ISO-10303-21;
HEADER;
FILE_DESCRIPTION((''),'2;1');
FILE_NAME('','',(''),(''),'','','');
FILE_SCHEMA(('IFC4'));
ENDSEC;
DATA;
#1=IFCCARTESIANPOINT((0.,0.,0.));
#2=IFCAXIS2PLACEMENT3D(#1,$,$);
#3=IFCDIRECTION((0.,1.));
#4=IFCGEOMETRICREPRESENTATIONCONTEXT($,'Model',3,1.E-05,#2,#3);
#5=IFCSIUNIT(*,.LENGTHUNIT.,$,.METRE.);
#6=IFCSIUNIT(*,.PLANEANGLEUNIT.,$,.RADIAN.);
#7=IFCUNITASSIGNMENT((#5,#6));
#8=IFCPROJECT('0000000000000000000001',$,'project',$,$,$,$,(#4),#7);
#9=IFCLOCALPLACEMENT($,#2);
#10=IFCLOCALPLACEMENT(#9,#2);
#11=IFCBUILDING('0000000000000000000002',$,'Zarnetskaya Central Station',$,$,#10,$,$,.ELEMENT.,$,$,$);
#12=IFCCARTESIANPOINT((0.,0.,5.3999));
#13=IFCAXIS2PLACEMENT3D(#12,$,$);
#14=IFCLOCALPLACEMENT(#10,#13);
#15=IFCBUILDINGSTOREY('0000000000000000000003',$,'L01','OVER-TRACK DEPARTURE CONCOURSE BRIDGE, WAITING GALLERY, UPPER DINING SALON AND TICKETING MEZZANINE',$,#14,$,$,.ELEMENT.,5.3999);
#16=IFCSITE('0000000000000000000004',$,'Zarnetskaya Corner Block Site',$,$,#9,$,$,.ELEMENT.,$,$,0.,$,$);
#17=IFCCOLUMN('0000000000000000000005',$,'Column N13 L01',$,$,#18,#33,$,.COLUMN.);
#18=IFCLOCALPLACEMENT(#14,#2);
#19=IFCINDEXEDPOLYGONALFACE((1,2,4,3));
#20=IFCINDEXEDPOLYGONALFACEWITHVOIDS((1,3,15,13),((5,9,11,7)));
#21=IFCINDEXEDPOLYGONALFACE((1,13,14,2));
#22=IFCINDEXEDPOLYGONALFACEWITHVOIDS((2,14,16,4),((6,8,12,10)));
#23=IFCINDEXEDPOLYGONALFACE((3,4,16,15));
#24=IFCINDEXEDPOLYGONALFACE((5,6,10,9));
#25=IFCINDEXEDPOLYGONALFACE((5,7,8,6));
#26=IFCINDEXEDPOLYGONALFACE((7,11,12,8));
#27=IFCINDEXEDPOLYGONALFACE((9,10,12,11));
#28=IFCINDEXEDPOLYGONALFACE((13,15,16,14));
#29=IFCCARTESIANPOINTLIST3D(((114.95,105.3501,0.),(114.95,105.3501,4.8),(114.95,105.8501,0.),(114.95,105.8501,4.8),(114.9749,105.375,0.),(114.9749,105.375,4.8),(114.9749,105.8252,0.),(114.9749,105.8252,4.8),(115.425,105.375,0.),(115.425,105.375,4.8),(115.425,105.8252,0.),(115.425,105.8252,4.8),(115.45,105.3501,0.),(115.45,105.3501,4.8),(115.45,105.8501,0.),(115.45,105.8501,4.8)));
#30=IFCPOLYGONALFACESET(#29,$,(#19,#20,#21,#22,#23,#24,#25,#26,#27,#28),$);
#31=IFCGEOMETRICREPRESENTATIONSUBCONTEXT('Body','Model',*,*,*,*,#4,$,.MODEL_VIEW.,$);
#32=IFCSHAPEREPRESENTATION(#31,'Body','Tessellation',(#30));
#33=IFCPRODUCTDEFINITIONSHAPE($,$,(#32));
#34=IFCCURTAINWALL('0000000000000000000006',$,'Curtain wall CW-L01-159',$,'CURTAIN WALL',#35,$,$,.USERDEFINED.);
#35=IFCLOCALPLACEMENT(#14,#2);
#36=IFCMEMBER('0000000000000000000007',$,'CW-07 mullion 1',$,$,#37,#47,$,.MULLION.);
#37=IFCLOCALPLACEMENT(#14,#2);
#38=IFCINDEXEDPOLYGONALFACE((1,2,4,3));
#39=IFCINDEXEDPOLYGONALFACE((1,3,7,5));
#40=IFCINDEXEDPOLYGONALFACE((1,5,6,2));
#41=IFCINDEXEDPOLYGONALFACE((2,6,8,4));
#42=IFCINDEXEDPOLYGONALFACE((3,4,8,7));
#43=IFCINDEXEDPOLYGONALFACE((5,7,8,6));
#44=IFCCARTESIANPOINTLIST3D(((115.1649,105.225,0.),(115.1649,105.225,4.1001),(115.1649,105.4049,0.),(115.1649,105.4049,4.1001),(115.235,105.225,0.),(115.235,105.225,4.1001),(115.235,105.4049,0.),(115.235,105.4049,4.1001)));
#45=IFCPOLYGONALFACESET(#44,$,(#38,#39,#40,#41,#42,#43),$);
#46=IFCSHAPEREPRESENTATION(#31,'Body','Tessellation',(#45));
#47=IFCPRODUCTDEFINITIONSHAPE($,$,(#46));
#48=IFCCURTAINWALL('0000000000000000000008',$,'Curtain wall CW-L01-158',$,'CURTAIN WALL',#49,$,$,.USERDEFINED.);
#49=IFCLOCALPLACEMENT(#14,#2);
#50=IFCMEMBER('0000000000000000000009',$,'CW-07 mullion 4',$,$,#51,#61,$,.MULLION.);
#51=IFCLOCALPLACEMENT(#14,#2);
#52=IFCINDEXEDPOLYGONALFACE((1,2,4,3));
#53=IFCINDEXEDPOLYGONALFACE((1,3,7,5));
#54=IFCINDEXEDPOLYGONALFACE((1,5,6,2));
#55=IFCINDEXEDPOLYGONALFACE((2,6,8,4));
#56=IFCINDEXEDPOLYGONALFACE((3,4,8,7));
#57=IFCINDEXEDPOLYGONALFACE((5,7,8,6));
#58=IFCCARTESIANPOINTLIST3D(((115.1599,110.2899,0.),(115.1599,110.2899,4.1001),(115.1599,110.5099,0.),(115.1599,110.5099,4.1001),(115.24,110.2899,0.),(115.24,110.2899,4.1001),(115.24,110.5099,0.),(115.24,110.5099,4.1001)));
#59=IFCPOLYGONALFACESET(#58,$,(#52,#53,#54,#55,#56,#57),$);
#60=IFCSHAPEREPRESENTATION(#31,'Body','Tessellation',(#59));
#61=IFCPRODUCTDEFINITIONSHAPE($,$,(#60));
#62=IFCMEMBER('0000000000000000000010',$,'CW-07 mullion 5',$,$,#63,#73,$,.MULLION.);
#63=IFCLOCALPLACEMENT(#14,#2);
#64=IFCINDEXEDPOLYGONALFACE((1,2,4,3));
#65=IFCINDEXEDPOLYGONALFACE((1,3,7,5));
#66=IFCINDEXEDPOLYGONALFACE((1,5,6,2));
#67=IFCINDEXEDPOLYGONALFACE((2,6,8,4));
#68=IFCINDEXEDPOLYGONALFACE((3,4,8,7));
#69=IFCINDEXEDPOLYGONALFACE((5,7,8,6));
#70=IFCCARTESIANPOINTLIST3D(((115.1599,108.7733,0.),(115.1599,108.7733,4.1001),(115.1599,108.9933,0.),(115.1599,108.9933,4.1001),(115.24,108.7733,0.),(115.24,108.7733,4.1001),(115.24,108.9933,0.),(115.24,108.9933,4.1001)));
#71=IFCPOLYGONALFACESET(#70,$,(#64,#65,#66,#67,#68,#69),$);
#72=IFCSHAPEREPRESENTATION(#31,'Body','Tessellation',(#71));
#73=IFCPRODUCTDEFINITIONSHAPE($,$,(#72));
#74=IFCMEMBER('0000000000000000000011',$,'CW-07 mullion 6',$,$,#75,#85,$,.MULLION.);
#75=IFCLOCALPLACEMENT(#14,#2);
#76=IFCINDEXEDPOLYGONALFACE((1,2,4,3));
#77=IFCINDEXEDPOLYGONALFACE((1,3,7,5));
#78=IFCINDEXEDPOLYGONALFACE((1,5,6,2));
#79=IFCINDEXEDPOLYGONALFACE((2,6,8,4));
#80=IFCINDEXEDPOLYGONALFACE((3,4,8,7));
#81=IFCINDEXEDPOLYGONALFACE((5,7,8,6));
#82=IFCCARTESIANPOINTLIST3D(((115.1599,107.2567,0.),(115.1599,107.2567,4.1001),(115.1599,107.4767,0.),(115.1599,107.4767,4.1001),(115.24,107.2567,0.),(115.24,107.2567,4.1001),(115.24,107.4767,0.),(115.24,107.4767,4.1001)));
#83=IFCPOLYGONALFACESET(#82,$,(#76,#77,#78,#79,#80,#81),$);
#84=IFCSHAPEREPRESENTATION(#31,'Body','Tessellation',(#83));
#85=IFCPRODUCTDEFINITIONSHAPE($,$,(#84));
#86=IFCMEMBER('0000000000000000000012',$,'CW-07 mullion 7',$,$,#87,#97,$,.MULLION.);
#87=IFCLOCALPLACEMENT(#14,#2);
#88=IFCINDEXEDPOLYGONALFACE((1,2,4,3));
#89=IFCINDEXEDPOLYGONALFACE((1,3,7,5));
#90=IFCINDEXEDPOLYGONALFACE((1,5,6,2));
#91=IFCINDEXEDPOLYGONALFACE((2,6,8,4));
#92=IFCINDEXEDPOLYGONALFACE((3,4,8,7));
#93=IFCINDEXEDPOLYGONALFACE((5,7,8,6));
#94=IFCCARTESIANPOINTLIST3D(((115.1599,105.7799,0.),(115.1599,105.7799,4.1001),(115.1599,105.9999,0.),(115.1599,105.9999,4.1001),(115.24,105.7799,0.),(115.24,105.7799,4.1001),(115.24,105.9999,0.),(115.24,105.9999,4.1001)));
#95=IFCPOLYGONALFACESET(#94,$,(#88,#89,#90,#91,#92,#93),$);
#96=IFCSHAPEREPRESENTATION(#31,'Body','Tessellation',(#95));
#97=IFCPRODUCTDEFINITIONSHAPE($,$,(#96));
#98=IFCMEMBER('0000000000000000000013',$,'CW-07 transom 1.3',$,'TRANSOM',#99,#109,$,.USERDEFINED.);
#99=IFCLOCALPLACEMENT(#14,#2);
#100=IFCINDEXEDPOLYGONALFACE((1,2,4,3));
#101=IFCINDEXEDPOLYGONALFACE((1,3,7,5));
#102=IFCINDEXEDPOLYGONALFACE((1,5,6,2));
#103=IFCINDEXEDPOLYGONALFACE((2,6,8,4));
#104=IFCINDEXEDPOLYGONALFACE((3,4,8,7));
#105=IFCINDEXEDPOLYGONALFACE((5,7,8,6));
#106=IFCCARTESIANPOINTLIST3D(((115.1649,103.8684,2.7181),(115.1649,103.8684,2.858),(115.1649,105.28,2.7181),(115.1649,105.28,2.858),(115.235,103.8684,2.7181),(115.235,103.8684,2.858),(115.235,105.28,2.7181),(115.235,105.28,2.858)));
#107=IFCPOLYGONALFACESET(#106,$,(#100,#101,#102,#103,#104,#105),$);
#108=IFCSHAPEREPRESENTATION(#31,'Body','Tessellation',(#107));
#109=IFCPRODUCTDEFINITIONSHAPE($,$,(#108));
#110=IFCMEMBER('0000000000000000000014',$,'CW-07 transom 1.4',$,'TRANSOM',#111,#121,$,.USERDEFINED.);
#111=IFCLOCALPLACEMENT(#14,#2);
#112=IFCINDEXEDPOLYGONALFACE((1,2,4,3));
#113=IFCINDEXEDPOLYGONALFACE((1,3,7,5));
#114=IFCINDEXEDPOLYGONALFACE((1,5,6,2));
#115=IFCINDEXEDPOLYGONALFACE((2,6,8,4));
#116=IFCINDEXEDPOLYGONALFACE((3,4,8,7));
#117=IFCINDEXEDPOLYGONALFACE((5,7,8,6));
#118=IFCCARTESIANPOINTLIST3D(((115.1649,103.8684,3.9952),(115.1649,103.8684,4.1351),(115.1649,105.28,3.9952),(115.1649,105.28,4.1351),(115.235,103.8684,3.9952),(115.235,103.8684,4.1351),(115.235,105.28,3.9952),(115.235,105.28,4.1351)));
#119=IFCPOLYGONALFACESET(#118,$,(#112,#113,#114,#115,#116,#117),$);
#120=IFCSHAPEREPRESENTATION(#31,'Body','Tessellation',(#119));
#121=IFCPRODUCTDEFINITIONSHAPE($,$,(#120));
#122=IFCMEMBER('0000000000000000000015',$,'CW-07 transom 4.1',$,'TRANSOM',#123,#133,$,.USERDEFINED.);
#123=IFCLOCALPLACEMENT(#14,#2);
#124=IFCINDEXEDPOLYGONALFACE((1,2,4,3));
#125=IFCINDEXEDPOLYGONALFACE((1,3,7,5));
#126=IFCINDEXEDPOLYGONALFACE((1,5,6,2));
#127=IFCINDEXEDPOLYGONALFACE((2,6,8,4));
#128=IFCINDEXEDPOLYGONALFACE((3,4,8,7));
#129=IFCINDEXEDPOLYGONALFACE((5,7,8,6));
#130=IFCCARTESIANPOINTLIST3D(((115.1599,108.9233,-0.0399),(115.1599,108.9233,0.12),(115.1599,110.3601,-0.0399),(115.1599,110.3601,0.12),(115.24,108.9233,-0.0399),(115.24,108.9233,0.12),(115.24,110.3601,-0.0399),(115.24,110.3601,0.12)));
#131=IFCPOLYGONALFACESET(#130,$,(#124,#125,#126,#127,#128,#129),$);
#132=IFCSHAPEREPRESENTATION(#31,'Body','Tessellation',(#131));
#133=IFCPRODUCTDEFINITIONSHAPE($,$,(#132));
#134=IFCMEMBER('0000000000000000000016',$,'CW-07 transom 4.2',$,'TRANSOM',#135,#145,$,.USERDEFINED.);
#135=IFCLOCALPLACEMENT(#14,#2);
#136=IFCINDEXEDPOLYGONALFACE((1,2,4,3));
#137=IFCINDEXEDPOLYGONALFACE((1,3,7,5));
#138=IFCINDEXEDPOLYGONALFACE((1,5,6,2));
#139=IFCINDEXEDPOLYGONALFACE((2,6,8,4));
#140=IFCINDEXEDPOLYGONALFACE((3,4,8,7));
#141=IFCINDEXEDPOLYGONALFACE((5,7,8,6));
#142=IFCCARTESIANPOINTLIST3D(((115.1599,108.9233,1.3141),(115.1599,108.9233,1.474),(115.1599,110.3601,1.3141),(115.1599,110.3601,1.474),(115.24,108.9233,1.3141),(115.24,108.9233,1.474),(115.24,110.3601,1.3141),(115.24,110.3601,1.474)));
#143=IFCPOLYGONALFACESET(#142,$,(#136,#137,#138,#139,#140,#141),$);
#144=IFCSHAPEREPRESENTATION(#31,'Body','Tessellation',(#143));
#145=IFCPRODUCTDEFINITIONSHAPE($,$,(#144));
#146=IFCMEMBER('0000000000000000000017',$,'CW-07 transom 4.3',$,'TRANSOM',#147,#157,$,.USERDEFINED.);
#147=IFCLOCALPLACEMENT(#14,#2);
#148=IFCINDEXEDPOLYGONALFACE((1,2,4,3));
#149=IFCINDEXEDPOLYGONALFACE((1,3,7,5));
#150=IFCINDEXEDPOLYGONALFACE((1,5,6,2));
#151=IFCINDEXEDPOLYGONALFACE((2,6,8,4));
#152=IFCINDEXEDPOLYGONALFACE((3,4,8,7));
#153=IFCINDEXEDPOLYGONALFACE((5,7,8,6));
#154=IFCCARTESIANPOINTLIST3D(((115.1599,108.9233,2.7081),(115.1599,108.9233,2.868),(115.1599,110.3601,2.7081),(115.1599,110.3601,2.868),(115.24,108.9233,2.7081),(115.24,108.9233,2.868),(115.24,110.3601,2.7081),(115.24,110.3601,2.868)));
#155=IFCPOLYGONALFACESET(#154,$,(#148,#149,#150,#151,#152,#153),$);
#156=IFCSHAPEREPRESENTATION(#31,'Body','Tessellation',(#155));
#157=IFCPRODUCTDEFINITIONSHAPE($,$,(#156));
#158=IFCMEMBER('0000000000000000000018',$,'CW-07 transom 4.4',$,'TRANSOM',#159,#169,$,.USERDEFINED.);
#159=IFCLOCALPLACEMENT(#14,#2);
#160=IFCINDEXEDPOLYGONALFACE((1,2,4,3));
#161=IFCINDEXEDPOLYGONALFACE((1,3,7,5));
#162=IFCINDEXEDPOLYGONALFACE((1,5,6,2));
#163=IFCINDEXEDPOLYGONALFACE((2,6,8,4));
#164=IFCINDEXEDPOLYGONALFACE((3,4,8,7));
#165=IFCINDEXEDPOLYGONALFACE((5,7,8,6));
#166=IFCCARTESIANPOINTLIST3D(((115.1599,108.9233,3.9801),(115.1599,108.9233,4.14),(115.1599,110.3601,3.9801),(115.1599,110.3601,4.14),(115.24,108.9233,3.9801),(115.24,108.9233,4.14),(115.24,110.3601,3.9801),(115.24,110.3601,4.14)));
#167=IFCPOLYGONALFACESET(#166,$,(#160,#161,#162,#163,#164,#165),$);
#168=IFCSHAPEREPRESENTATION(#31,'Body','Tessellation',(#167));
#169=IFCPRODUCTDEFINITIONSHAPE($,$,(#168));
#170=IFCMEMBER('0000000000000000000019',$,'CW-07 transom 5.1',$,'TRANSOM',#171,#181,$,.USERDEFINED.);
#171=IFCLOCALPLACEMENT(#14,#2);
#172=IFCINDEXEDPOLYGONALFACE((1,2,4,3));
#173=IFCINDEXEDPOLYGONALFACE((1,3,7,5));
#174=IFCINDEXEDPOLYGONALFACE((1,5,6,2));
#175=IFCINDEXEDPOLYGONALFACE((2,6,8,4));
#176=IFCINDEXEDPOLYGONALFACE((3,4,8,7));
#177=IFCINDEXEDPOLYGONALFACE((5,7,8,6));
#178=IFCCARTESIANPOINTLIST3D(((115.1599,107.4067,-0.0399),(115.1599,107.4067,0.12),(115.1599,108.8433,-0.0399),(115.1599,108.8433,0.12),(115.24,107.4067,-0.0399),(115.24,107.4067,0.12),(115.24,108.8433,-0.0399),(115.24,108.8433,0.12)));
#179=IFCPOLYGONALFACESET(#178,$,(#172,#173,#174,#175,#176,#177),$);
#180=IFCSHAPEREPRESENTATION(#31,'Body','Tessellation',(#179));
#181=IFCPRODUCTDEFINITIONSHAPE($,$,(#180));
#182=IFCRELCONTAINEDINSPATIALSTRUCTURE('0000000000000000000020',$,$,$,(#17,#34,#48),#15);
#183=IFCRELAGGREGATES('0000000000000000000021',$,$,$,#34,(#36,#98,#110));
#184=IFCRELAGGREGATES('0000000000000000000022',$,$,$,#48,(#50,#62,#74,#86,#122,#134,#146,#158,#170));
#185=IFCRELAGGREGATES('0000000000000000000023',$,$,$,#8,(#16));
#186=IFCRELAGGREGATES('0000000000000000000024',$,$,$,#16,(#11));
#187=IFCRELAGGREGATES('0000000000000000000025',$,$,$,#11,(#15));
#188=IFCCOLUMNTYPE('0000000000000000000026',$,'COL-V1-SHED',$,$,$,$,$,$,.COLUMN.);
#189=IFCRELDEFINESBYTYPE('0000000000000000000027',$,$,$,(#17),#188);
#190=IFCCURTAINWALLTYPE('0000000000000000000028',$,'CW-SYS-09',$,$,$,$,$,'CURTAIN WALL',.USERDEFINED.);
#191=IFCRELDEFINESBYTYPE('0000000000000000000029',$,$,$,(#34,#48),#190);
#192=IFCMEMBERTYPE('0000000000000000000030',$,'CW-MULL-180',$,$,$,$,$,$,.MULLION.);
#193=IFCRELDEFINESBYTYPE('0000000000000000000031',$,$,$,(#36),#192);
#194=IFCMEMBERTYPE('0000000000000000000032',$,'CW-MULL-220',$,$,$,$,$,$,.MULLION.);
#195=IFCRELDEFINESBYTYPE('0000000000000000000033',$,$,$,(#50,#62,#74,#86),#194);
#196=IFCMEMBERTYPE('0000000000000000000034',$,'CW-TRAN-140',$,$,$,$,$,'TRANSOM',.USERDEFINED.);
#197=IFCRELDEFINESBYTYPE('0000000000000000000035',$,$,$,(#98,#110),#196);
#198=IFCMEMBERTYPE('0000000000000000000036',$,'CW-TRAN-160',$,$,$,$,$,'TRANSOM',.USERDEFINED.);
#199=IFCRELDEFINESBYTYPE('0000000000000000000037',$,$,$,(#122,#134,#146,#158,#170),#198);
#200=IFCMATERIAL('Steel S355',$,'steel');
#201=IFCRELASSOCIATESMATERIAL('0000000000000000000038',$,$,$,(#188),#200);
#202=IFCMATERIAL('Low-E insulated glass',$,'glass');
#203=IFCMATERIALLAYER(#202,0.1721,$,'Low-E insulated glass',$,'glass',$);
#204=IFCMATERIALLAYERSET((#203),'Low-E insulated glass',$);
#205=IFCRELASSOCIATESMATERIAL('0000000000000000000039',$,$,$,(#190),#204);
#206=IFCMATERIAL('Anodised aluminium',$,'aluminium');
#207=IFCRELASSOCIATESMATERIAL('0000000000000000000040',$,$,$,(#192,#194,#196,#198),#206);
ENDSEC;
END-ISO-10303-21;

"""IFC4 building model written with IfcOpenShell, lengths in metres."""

from ifc_helpers import new_model, si_unit, direction, frame, origin, origin_2d, place, context, subcontext, project, spatial, rectangle, hollow_rectangle, extrude, material, layer, layer_set, material_profile, profile_set, type_object, element, aggregate, save


model = new_model("IFC4")

# Units and contexts
model_context = context("Model", 3, precision=1e-05, world=origin(), true_north=direction((0.0, 1.0)))
body_context = subcontext(model_context, "Body", "Model", "MODEL_VIEW")
ifc_project = project(units=[si_unit("LENGTHUNIT", "METRE"), si_unit("PLANEANGLEUNIT", "RADIAN")], contexts=[model_context])

# Site, building, storey
site_placement = place(None, origin())
site = spatial("IfcSite", under=ifc_project, at=site_placement, Name="Zarnetskaya Corner Block Site", CompositionType="ELEMENT", RefElevation=0.0)
building_placement = place(site_placement, origin())
building = spatial("IfcBuilding", under=site, at=building_placement, Name="Zarnetskaya Central Station", CompositionType="ELEMENT")
storey_placement = place(building_placement, frame((0.0, 0.0, 5.3999)))
storey = spatial("IfcBuildingStorey", under=building, at=storey_placement, Name="L01", Description="OVER-TRACK DEPARTURE CONCOURSE BRIDGE, WAITING GALLERY, UPPER DINING SALON AND TICKETING MEZZANINE", CompositionType="ELEMENT", Elevation=5.3999)

# Column
ifc_material_1 = material(Name="Steel S355", Category="steel")
ifc_material_profile_1 = material_profile(ifc_material_1, hollow_rectangle(XDim=0.5, YDim=0.5, WallThickness=0.0249, at=origin_2d()), Name="BOX 500x500x25")
ifc_profile_set_1 = profile_set([ifc_material_profile_1], Name="Steel S355")
column_type = type_object("IfcColumnType", Name="COL-V1-SHED", PredefinedType="COLUMN", material=ifc_profile_set_1)
column_placement = place(storey_placement, frame((115.2, 105.6001, 0.0), z_axis=(0.0, 0.0, 1.0), x_axis=(1.0, 0.0, 0.0)))
element("IfcColumn", 1, at=column_placement, inside=storey, type_object=column_type, Name="Column N13 L01", PredefinedType="COLUMN", context=body_context, shape_type="SweptSolid", body=[
    extrude(hollow_rectangle(XDim=0.5, YDim=0.5, WallThickness=0.0249, at=origin_2d()), origin(), (0.0, 0.0, 1.0), 4.8),
])

# Curtain wall, member
ifc_material_2 = material(Name="Low-E insulated glass", Category="glass")
ifc_layer_1 = layer(ifc_material_2, 0.1721, Name="Low-E insulated glass", Category="glass")
ifc_layer_set_1 = layer_set([ifc_layer_1], Name="Low-E insulated glass")
curtain_wall_type = type_object("IfcCurtainWallType", Name="CW-SYS-09", ElementType="CURTAIN WALL", PredefinedType="USERDEFINED", material=ifc_layer_set_1)
curtain_wall_1_placement = place(storey_placement, origin())
curtain_wall_1 = element("IfcCurtainWall", 2, at=curtain_wall_1_placement, inside=storey, type_object=curtain_wall_type, Name="Curtain wall CW-L01-159", ObjectType="CURTAIN WALL", PredefinedType="USERDEFINED")
ifc_material_3 = material(Name="Anodised aluminium", Category="aluminium")
ifc_material_profile_2 = material_profile(ifc_material_3, rectangle(XDim=0.0701, YDim=0.1799, at=origin_2d()), Name="ALU MULL 70x180")
ifc_profile_set_2 = profile_set([ifc_material_profile_2], Name="Anodised aluminium")
member_type_1 = type_object("IfcMemberType", Name="CW-MULL-180", PredefinedType="MULLION", material=ifc_profile_set_2)
member_1_placement = place(storey_placement, frame((115.2, 105.3149, 0.0), z_axis=(0.0, 0.0, 1.0), x_axis=(1.0, 0.0, 0.0)))
member_1 = element("IfcMember", 3, at=member_1_placement, type_object=member_type_1, Name="CW-07 mullion 1", PredefinedType="MULLION", context=body_context, shape_type="SweptSolid", body=[
    extrude(rectangle(XDim=0.0701, YDim=0.1799, at=origin_2d()), origin(), (0.0, 0.0, 1.0), 4.1001),
])

# Curtain wall, members
curtain_wall_2_placement = place(storey_placement, origin())
curtain_wall_2 = element("IfcCurtainWall", 4, at=curtain_wall_2_placement, inside=storey, type_object=curtain_wall_type, Name="Curtain wall CW-L01-158", ObjectType="CURTAIN WALL", PredefinedType="USERDEFINED")
ifc_material_profile_3 = material_profile(ifc_material_3, rectangle(XDim=0.0801, YDim=0.22, at=origin_2d()), Name="ALU MULL 80x220")
ifc_profile_set_3 = profile_set([ifc_material_profile_3], Name="Anodised aluminium")
member_type_2 = type_object("IfcMemberType", Name="CW-MULL-220", PredefinedType="MULLION", material=ifc_profile_set_3)
member_2_placement = place(storey_placement, frame((115.2, 110.3999, 0.0), z_axis=(0.0, 0.0, 1.0), x_axis=(1.0, 0.0, 0.0)))
member_2 = element("IfcMember", 5, at=member_2_placement, type_object=member_type_2, Name="CW-07 mullion 4", PredefinedType="MULLION", context=body_context, shape_type="SweptSolid", body=[
    extrude(rectangle(XDim=0.0801, YDim=0.22, at=origin_2d()), origin(), (0.0, 0.0, 1.0), 4.1001),
])
member_3_placement = place(storey_placement, frame((115.2, 108.8833, 0.0), z_axis=(0.0, 0.0, 1.0), x_axis=(1.0, 0.0, 0.0)))
member_3 = element("IfcMember", 6, at=member_3_placement, type_object=member_type_2, Name="CW-07 mullion 5", PredefinedType="MULLION", context=body_context, shape_type="SweptSolid", body=[
    extrude(rectangle(XDim=0.0801, YDim=0.22, at=origin_2d()), origin(), (0.0, 0.0, 1.0), 4.1001),
])
member_4_placement = place(storey_placement, frame((115.2, 107.3667, 0.0), z_axis=(0.0, 0.0, 1.0), x_axis=(1.0, 0.0, 0.0)))
member_4 = element("IfcMember", 7, at=member_4_placement, type_object=member_type_2, Name="CW-07 mullion 6", PredefinedType="MULLION", context=body_context, shape_type="SweptSolid", body=[
    extrude(rectangle(XDim=0.0801, YDim=0.22, at=origin_2d()), origin(), (0.0, 0.0, 1.0), 4.1001),
])
member_5_placement = place(storey_placement, frame((115.2, 105.8899, 0.0), z_axis=(0.0, 0.0, 1.0), x_axis=(1.0, 0.0, 0.0)))
member_5 = element("IfcMember", 8, at=member_5_placement, type_object=member_type_2, Name="CW-07 mullion 7", PredefinedType="MULLION", context=body_context, shape_type="SweptSolid", body=[
    extrude(rectangle(XDim=0.0801, YDim=0.22, at=origin_2d()), origin(), (0.0, 0.0, 1.0), 4.1001),
])

# Members
ifc_material_profile_4 = material_profile(ifc_material_3, rectangle(XDim=0.0701, YDim=0.1399, at=origin_2d()), Name="ALU TRAN 70x140")
ifc_profile_set_4 = profile_set([ifc_material_profile_4], Name="Anodised aluminium")
member_type_3 = type_object("IfcMemberType", Name="CW-TRAN-140", ElementType="TRANSOM", PredefinedType="USERDEFINED", material=ifc_profile_set_4)
member_6_placement = place(storey_placement, frame((115.2, 105.28, 2.7881), z_axis=(0.0, -1.0, 0.0), x_axis=(1.0, 0.0, 0.0)))
member_6 = element("IfcMember", 9, at=member_6_placement, type_object=member_type_3, Name="CW-07 transom 1.3", ObjectType="TRANSOM", PredefinedType="USERDEFINED", context=body_context, shape_type="SweptSolid", body=[
    extrude(rectangle(XDim=0.0701, YDim=0.1399, at=origin_2d()), origin(), (0.0, 0.0, 1.0), 1.4116),
])
member_7_placement = place(storey_placement, frame((115.2, 105.28, 4.0652), z_axis=(0.0, -1.0, 0.0), x_axis=(1.0, 0.0, 0.0)))
member_7 = element("IfcMember", 10, at=member_7_placement, type_object=member_type_3, Name="CW-07 transom 1.4", ObjectType="TRANSOM", PredefinedType="USERDEFINED", context=body_context, shape_type="SweptSolid", body=[
    extrude(rectangle(XDim=0.0701, YDim=0.1399, at=origin_2d()), origin(), (0.0, 0.0, 1.0), 1.4116),
])
aggregate(curtain_wall_1, [member_1, member_6, member_7])
ifc_material_profile_5 = material_profile(ifc_material_3, rectangle(XDim=0.0801, YDim=0.1599, at=origin_2d()), Name="ALU TRAN 80x160")
ifc_profile_set_5 = profile_set([ifc_material_profile_5], Name="Anodised aluminium")
member_type_4 = type_object("IfcMemberType", Name="CW-TRAN-160", ElementType="TRANSOM", PredefinedType="USERDEFINED", material=ifc_profile_set_5)
member_8_placement = place(storey_placement, frame((115.2, 110.3601, 0.04), z_axis=(0.0, -1.0, 0.0), x_axis=(1.0, 0.0, 0.0)))
member_8 = element("IfcMember", 11, at=member_8_placement, type_object=member_type_4, Name="CW-07 transom 4.1", ObjectType="TRANSOM", PredefinedType="USERDEFINED", context=body_context, shape_type="SweptSolid", body=[
    extrude(rectangle(XDim=0.0801, YDim=0.1599, at=origin_2d()), origin(), (0.0, 0.0, 1.0), 1.4368),
])
member_9_placement = place(storey_placement, frame((115.2, 110.3601, 1.394), z_axis=(0.0, -1.0, 0.0), x_axis=(1.0, 0.0, 0.0)))
member_9 = element("IfcMember", 12, at=member_9_placement, type_object=member_type_4, Name="CW-07 transom 4.2", ObjectType="TRANSOM", PredefinedType="USERDEFINED", context=body_context, shape_type="SweptSolid", body=[
    extrude(rectangle(XDim=0.0801, YDim=0.1599, at=origin_2d()), origin(), (0.0, 0.0, 1.0), 1.4368),
])
member_10_placement = place(storey_placement, frame((115.2, 110.3601, 2.7881), z_axis=(0.0, -1.0, 0.0), x_axis=(1.0, 0.0, 0.0)))
member_10 = element("IfcMember", 13, at=member_10_placement, type_object=member_type_4, Name="CW-07 transom 4.3", ObjectType="TRANSOM", PredefinedType="USERDEFINED", context=body_context, shape_type="SweptSolid", body=[
    extrude(rectangle(XDim=0.0801, YDim=0.1599, at=origin_2d()), origin(), (0.0, 0.0, 1.0), 1.4368),
])
member_11_placement = place(storey_placement, frame((115.2, 110.3601, 4.0601), z_axis=(0.0, -1.0, 0.0), x_axis=(1.0, 0.0, 0.0)))
member_11 = element("IfcMember", 14, at=member_11_placement, type_object=member_type_4, Name="CW-07 transom 4.4", ObjectType="TRANSOM", PredefinedType="USERDEFINED", context=body_context, shape_type="SweptSolid", body=[
    extrude(rectangle(XDim=0.0801, YDim=0.1599, at=origin_2d()), origin(), (0.0, 0.0, 1.0), 1.4368),
])
member_12_placement = place(storey_placement, frame((115.2, 108.8433, 0.04), z_axis=(0.0, -1.0, 0.0), x_axis=(1.0, 0.0, 0.0)))
member_12 = element("IfcMember", 15, at=member_12_placement, type_object=member_type_4, Name="CW-07 transom 5.1", ObjectType="TRANSOM", PredefinedType="USERDEFINED", context=body_context, shape_type="SweptSolid", body=[
    extrude(rectangle(XDim=0.0801, YDim=0.1599, at=origin_2d()), origin(), (0.0, 0.0, 1.0), 1.4365),
])

aggregate(curtain_wall_2, [member_2, member_3, member_4, member_5, member_8, member_9, member_10, member_11, member_12])

save(model, "model.ifc")
